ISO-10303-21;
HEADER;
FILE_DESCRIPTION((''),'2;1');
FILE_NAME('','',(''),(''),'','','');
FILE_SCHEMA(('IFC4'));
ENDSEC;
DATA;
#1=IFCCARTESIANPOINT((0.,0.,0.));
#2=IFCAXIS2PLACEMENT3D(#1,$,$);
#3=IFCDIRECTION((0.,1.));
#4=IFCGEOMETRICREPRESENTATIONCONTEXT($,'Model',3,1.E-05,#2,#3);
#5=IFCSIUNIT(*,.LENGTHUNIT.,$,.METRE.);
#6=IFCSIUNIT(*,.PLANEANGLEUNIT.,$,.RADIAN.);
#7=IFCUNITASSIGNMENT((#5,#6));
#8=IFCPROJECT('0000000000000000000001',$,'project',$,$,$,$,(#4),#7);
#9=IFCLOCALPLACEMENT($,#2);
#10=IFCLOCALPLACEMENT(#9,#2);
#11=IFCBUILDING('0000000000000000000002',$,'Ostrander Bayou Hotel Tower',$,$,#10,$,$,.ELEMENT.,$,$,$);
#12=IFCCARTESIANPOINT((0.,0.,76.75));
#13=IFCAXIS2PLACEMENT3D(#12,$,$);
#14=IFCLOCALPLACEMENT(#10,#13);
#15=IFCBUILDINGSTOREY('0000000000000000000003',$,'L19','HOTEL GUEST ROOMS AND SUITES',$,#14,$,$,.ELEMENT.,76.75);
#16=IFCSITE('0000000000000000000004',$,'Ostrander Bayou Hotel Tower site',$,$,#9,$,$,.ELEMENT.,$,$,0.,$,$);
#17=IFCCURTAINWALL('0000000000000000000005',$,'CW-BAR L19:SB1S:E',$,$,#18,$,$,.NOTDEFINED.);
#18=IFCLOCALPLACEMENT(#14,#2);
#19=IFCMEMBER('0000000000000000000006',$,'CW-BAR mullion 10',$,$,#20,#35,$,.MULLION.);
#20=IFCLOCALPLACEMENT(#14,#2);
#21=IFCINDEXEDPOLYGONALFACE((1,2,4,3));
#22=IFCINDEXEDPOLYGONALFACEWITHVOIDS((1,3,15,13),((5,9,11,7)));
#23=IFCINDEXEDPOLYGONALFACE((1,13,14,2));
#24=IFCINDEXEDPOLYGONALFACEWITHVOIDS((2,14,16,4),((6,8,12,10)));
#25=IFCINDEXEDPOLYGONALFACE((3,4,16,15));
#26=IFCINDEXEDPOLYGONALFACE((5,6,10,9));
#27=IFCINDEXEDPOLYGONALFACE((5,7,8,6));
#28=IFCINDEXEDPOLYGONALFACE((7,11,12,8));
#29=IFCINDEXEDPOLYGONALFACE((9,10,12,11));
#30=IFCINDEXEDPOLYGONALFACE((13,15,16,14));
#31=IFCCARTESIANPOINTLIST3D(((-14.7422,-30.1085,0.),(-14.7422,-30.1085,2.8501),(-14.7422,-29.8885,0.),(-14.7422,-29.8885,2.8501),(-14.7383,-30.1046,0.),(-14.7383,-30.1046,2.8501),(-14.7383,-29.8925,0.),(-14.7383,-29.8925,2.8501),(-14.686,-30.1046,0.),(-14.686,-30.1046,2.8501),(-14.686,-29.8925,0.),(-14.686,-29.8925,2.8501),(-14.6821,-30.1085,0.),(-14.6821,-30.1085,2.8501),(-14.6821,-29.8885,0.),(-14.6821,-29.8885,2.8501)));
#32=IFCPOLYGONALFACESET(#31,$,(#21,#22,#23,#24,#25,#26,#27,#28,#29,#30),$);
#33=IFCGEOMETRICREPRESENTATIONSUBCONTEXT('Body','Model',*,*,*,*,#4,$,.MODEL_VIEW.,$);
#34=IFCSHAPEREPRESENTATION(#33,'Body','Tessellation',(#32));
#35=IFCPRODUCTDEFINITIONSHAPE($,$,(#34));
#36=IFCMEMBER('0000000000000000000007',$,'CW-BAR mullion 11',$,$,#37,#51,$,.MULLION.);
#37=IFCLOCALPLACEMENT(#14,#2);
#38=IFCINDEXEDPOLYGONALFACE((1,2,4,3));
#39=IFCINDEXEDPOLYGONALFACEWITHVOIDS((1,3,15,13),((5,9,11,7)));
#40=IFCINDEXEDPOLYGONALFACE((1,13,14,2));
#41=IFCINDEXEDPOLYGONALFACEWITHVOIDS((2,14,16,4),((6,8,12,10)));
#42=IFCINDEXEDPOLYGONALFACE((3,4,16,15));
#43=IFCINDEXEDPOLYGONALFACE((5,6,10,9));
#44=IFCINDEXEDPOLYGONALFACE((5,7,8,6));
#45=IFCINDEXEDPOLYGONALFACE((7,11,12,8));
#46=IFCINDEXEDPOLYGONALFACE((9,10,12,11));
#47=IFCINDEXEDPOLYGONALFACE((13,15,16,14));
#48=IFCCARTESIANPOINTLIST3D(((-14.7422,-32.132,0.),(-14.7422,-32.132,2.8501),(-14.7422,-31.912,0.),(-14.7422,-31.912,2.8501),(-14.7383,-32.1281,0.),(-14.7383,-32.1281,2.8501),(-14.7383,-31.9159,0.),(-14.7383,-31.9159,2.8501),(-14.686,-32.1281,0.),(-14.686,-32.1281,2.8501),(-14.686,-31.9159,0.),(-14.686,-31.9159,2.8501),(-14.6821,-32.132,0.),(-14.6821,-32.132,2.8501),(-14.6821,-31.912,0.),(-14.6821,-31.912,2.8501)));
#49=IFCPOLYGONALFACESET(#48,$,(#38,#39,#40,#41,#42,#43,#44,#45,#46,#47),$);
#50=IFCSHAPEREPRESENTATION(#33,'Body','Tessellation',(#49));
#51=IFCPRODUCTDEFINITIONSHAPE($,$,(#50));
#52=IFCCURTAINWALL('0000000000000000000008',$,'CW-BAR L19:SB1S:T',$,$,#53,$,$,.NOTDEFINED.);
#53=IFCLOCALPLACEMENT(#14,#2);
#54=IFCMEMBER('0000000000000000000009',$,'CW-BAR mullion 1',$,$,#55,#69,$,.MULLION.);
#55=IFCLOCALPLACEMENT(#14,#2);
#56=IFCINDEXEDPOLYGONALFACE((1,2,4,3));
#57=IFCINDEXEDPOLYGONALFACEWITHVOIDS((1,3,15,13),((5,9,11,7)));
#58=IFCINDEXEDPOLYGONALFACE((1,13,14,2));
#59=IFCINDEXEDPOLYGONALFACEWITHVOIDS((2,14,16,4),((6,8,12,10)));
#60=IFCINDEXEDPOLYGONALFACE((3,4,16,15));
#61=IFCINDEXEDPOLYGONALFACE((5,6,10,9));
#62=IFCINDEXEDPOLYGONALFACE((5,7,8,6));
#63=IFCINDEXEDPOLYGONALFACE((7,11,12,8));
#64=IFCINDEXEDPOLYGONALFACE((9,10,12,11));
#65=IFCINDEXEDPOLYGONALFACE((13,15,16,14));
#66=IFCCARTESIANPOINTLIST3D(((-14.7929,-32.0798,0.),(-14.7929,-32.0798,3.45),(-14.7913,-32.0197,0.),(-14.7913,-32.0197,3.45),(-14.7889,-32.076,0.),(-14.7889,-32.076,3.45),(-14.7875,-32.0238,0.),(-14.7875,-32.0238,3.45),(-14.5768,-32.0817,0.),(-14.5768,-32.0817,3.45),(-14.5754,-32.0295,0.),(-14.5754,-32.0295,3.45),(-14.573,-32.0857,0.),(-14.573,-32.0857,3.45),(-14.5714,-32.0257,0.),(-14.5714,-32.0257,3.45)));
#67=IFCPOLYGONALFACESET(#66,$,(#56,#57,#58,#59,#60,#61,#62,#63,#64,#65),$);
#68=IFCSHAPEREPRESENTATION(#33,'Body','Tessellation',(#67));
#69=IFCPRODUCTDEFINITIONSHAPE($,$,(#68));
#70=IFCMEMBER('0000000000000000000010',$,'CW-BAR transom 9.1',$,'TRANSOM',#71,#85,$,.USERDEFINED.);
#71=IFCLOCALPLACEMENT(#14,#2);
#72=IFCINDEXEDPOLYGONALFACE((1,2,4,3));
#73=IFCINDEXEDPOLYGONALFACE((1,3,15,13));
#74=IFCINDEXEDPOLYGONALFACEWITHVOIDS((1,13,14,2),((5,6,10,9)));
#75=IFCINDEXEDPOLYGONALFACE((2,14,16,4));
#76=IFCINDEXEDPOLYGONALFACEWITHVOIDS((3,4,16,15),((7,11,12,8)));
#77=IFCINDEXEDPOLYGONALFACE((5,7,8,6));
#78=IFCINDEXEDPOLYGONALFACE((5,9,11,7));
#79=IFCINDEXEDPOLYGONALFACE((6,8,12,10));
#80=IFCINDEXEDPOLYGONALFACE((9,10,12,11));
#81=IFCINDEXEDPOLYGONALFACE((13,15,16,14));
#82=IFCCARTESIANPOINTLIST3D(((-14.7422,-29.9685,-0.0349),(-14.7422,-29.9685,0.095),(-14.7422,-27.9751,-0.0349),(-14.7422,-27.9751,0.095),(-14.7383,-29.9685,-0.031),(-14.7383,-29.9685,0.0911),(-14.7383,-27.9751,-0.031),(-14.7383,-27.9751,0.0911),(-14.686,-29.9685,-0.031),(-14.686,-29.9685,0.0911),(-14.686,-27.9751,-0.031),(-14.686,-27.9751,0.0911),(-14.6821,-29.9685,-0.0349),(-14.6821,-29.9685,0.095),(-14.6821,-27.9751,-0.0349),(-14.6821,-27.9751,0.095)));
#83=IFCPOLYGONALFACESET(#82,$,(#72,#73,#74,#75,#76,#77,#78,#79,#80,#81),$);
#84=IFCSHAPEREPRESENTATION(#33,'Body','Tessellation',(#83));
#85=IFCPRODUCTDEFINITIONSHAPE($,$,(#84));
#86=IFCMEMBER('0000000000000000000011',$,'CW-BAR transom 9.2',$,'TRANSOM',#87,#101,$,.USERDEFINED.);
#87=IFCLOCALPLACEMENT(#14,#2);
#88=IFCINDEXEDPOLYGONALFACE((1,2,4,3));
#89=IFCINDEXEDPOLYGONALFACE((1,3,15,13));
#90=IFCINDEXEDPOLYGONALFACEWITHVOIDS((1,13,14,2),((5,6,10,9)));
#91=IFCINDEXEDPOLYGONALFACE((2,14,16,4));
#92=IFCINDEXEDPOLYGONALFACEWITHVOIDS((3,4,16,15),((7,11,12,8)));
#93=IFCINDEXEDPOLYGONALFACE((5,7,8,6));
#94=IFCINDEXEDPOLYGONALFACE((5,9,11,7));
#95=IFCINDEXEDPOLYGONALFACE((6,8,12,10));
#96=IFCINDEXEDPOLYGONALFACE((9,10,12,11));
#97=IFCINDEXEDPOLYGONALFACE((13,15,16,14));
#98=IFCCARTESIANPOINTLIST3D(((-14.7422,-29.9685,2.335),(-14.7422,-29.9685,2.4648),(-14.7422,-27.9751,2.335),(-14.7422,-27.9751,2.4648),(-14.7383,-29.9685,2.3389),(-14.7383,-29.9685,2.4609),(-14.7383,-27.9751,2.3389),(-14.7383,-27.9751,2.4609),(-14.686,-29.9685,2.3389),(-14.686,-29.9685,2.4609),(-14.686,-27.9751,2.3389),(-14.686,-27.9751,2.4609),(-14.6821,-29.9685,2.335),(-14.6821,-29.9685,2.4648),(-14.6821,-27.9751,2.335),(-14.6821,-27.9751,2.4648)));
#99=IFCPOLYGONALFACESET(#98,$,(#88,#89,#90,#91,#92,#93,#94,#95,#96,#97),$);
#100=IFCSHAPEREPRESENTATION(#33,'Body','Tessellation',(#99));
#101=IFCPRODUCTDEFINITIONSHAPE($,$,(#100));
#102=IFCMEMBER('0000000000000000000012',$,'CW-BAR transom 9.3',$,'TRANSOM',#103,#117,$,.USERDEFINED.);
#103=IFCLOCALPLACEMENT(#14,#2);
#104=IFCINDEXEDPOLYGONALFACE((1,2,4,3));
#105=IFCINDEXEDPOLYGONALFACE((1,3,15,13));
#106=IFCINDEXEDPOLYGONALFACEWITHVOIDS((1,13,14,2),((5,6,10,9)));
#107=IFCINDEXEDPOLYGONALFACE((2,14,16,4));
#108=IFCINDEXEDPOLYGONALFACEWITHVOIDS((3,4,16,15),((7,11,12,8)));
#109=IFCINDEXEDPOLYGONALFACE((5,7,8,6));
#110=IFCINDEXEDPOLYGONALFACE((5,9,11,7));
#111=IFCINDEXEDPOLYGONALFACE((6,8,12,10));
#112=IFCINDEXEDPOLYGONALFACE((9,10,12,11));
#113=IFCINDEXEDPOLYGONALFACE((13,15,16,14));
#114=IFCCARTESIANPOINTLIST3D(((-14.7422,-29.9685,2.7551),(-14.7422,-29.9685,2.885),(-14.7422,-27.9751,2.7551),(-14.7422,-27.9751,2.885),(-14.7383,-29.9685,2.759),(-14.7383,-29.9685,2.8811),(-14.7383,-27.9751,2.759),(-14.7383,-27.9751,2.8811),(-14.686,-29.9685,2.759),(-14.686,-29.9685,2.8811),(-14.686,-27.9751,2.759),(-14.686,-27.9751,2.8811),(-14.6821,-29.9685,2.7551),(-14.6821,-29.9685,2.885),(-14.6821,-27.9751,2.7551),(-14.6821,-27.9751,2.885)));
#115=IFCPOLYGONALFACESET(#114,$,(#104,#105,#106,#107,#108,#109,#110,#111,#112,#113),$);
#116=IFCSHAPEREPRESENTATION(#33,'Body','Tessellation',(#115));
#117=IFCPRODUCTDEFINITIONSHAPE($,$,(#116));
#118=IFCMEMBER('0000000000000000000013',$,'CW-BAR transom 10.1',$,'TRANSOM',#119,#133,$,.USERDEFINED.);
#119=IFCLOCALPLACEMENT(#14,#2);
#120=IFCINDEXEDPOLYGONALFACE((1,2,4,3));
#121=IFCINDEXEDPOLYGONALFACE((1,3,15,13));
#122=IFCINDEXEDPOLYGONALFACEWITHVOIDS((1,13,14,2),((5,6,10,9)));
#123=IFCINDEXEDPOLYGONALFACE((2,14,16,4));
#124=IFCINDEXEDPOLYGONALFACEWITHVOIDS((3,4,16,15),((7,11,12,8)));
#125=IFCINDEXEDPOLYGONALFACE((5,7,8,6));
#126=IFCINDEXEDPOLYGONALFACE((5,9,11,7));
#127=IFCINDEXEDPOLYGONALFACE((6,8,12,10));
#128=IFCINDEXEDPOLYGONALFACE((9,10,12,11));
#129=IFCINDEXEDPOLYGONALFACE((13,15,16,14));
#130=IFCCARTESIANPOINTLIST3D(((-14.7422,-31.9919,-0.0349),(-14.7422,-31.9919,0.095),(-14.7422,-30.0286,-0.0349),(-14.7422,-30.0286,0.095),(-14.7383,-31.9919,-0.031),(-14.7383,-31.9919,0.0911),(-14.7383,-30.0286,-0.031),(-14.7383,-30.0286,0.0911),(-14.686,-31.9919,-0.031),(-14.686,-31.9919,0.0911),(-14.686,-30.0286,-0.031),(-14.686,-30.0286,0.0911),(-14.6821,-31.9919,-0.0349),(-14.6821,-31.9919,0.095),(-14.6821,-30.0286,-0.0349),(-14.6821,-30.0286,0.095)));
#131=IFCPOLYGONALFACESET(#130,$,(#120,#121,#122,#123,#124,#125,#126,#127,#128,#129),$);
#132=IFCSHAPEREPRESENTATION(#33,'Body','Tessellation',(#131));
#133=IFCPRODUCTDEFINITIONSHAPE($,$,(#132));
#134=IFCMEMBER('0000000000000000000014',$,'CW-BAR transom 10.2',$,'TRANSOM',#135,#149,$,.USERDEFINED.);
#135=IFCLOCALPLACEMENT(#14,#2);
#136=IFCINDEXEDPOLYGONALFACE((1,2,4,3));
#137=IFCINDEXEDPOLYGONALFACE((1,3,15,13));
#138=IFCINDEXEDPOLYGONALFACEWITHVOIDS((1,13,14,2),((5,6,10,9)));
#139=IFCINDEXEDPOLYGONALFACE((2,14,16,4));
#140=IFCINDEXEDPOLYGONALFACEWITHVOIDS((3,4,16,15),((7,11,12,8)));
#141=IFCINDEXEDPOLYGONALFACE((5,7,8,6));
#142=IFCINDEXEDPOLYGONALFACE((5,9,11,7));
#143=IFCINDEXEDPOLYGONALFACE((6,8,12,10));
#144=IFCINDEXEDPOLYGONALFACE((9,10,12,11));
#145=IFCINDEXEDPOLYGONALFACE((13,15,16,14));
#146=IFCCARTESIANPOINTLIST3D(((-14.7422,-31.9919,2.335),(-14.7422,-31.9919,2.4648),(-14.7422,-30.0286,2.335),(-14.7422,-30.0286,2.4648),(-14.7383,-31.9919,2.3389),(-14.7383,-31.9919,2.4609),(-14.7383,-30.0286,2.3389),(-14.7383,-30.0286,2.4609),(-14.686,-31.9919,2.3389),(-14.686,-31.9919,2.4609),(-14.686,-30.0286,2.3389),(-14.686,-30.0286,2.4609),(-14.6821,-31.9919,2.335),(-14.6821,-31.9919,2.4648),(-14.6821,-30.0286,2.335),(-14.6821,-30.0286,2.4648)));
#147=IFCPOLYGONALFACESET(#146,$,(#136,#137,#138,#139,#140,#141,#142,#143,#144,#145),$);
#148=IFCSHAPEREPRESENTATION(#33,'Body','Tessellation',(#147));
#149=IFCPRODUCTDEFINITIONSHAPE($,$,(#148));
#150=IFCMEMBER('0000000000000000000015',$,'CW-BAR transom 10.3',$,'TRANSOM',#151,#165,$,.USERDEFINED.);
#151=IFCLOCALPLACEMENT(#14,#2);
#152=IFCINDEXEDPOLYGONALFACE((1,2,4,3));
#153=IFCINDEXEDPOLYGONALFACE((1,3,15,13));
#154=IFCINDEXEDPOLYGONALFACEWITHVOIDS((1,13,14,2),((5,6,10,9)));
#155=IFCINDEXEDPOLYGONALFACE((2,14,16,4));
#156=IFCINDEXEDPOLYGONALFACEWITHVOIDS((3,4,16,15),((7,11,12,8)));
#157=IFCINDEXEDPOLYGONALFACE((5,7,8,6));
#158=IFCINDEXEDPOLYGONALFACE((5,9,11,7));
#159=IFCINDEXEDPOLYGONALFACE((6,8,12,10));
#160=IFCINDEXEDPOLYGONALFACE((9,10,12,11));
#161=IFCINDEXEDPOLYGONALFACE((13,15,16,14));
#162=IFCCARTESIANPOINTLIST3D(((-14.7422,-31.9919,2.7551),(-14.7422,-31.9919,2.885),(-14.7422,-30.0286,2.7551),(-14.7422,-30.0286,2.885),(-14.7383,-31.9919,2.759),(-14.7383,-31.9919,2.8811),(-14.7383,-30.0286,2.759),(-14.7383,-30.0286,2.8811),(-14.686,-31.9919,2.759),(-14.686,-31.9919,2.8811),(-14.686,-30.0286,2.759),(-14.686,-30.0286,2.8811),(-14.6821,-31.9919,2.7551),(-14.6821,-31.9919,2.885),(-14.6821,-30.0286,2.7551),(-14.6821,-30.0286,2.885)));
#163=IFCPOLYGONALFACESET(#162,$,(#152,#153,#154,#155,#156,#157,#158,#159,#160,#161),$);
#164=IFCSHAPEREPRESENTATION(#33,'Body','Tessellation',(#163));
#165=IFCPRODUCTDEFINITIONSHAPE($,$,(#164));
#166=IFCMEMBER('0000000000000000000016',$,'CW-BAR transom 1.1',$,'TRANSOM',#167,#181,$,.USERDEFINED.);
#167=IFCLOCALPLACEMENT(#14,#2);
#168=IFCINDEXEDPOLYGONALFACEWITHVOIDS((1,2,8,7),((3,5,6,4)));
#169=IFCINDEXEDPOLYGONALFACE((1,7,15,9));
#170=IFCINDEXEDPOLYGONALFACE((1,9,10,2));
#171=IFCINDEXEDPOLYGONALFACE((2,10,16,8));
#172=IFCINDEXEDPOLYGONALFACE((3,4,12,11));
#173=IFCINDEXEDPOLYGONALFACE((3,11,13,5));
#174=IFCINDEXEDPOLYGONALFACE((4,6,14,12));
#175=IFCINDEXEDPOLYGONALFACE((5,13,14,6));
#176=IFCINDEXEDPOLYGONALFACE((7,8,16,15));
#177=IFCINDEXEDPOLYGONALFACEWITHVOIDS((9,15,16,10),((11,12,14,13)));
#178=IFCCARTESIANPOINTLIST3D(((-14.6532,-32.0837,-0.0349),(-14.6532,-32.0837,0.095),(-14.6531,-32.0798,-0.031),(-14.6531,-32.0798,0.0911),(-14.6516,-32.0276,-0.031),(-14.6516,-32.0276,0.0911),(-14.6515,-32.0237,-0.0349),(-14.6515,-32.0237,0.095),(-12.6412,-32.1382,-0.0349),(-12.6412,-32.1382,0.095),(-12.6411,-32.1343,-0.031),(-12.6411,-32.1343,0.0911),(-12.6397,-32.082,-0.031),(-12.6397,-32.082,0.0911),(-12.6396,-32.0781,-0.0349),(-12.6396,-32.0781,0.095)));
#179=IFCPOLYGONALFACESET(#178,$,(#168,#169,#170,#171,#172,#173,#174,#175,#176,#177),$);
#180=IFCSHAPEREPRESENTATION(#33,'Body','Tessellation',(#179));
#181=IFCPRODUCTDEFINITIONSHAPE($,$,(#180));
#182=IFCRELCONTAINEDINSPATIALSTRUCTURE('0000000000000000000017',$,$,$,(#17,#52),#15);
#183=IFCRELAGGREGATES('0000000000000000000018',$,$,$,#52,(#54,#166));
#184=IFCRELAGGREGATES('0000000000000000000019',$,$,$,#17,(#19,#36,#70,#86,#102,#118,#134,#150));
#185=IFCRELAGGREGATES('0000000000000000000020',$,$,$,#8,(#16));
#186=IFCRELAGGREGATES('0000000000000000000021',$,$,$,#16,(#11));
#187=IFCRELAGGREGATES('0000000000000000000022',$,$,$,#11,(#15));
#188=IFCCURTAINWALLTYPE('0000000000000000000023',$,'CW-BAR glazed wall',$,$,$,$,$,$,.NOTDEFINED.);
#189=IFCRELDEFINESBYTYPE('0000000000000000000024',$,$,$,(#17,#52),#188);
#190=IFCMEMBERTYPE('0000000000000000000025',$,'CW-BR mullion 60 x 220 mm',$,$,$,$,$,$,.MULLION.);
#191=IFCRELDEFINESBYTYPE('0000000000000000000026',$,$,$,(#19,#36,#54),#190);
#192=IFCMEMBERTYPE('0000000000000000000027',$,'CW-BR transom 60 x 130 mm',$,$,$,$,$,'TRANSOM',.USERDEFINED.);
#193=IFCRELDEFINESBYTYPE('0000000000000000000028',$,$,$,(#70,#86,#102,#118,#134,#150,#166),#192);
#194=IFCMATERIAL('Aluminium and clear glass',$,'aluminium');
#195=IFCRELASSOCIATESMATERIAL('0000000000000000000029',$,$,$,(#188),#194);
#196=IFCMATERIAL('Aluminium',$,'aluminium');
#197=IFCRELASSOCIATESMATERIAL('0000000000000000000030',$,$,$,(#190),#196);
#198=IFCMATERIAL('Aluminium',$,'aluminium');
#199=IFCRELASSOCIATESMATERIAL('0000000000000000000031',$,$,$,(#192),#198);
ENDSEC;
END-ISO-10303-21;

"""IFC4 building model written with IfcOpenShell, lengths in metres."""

from ifc_helpers import new_model, si_unit, direction, frame, origin, origin_2d, place, context, subcontext, project, spatial, hollow_rectangle, extrude, material, material_profile, profile_set, type_object, element, aggregate, save


model = new_model("IFC4")

# Units and contexts
model_context = context("Model", 3, precision=1e-05, world=origin(), true_north=direction((0.0, 1.0)))
body_context = subcontext(model_context, "Body", "Model", "MODEL_VIEW")
ifc_project = project(units=[si_unit("LENGTHUNIT", "METRE"), si_unit("PLANEANGLEUNIT", "RADIAN")], contexts=[model_context])

# Site, building, storey
site_placement = place(None, origin())
site = spatial("IfcSite", under=ifc_project, at=site_placement, Name="Ostrander Bayou Hotel Tower site", CompositionType="ELEMENT", RefElevation=0.0)
building_placement = place(site_placement, origin())
building = spatial("IfcBuilding", under=site, at=building_placement, Name="Ostrander Bayou Hotel Tower", CompositionType="ELEMENT")
storey_placement = place(building_placement, frame((0.0, 0.0, 76.75)))
storey = spatial("IfcBuildingStorey", under=building, at=storey_placement, Name="L19", Description="HOTEL GUEST ROOMS AND SUITES", CompositionType="ELEMENT", Elevation=76.75)

# Curtain wall, members
ifc_material_1 = material(Name="Aluminium and clear glass", Category="aluminium")
curtain_wall_type = type_object("IfcCurtainWallType", Name="CW-BAR glazed wall", PredefinedType="NOTDEFINED", material=ifc_material_1)
curtain_wall_1_placement = place(storey_placement, origin())
curtain_wall_1 = element("IfcCurtainWall", 1, at=curtain_wall_1_placement, inside=storey, type_object=curtain_wall_type, Name="CW-BAR L19:SB1S:E", PredefinedType="NOTDEFINED")
ifc_material_2 = material(Name="Aluminium", Category="aluminium")
ifc_material_profile_1 = material_profile(ifc_material_2, hollow_rectangle(XDim=0.0601, YDim=0.22, WallThickness=0.0039, at=origin_2d()))
ifc_profile_set_1 = profile_set([ifc_material_profile_1], Name="Aluminium")
member_type_1 = type_object("IfcMemberType", Name="CW-BR mullion 60 x 220 mm", PredefinedType="MULLION", material=ifc_profile_set_1)
member_1_placement = place(storey_placement, frame((-14.7122, -29.9985, 0.0), z_axis=(0.0, 0.0, 1.0), x_axis=(1.0, 0.0, 0.0)))
member_1 = element("IfcMember", 2, at=member_1_placement, type_object=member_type_1, Name="CW-BAR mullion 10", PredefinedType="MULLION", context=body_context, shape_type="SweptSolid", body=[
    extrude(hollow_rectangle(XDim=0.0601, YDim=0.22, WallThickness=0.0039, at=origin_2d()), origin(), (0.0, 0.0, 1.0), 2.8501),
])
member_2_placement = place(storey_placement, frame((-14.7122, -32.022, 0.0), z_axis=(0.0, 0.0, 1.0), x_axis=(1.0, 0.0, 0.0)))
member_2 = element("IfcMember", 3, at=member_2_placement, type_object=member_type_1, Name="CW-BAR mullion 11", PredefinedType="MULLION", context=body_context, shape_type="SweptSolid", body=[
    extrude(hollow_rectangle(XDim=0.0601, YDim=0.22, WallThickness=0.0039, at=origin_2d()), origin(), (0.0, 0.0, 1.0), 2.8501),
])

# Curtain wall, member
curtain_wall_2_placement = place(storey_placement, origin())
curtain_wall_2 = element("IfcCurtainWall", 4, at=curtain_wall_2_placement, inside=storey, type_object=curtain_wall_type, Name="CW-BAR L19:SB1S:T", PredefinedType="NOTDEFINED")
member_3_placement = place(storey_placement, frame((-14.6821, -32.0527, 0.0), z_axis=(0.0, 0.0, 1.0), x_axis=(0.027042, 0.999634, 0.0)))
member_3 = element("IfcMember", 5, at=member_3_placement, type_object=member_type_1, Name="CW-BAR mullion 1", PredefinedType="MULLION", context=body_context, shape_type="SweptSolid", body=[
    extrude(hollow_rectangle(XDim=0.0601, YDim=0.22, WallThickness=0.0039, at=origin_2d()), origin(), (0.0, 0.0, 1.0), 3.45),
])

# Members
ifc_material_3 = material(Name="Aluminium", Category="aluminium")
ifc_material_profile_2 = material_profile(ifc_material_3, hollow_rectangle(XDim=0.0601, YDim=0.1299, WallThickness=0.0039, at=origin_2d()))
ifc_profile_set_2 = profile_set([ifc_material_profile_2], Name="Aluminium")
member_type_2 = type_object("IfcMemberType", Name="CW-BR transom 60 x 130 mm", ElementType="TRANSOM", PredefinedType="USERDEFINED", material=ifc_profile_set_2)
member_4_placement = place(storey_placement, frame((-14.7122, -27.9751, 0.03), z_axis=(0.0, -1.0, 0.0), x_axis=(1.0, 0.0, 0.0)))
member_4 = element("IfcMember", 6, at=member_4_placement, type_object=member_type_2, Name="CW-BAR transom 9.1", ObjectType="TRANSOM", PredefinedType="USERDEFINED", context=body_context, shape_type="SweptSolid", body=[
    extrude(hollow_rectangle(XDim=0.0601, YDim=0.1299, WallThickness=0.0039, at=origin_2d()), origin(), (0.0, 0.0, 1.0), 1.9934),
])
member_5_placement = place(storey_placement, frame((-14.7122, -27.9751, 2.3999), z_axis=(0.0, -1.0, 0.0), x_axis=(1.0, 0.0, 0.0)))
member_5 = element("IfcMember", 7, at=member_5_placement, type_object=member_type_2, Name="CW-BAR transom 9.2", ObjectType="TRANSOM", PredefinedType="USERDEFINED", context=body_context, shape_type="SweptSolid", body=[
    extrude(hollow_rectangle(XDim=0.0601, YDim=0.1299, WallThickness=0.0039, at=origin_2d()), origin(), (0.0, 0.0, 1.0), 1.9934),
])
member_6_placement = place(storey_placement, frame((-14.7122, -27.9751, 2.8201), z_axis=(0.0, -1.0, 0.0), x_axis=(1.0, 0.0, 0.0)))
member_6 = element("IfcMember", 8, at=member_6_placement, type_object=member_type_2, Name="CW-BAR transom 9.3", ObjectType="TRANSOM", PredefinedType="USERDEFINED", context=body_context, shape_type="SweptSolid", body=[
    extrude(hollow_rectangle(XDim=0.0601, YDim=0.1299, WallThickness=0.0039, at=origin_2d()), origin(), (0.0, 0.0, 1.0), 1.9934),
])
member_7_placement = place(storey_placement, frame((-14.7122, -30.0286, 0.03), z_axis=(0.0, -1.0, 0.0), x_axis=(1.0, 0.0, 0.0)))
member_7 = element("IfcMember", 9, at=member_7_placement, type_object=member_type_2, Name="CW-BAR transom 10.1", ObjectType="TRANSOM", PredefinedType="USERDEFINED", context=body_context, shape_type="SweptSolid", body=[
    extrude(hollow_rectangle(XDim=0.0601, YDim=0.1299, WallThickness=0.0039, at=origin_2d()), origin(), (0.0, 0.0, 1.0), 1.9634),
])
member_8_placement = place(storey_placement, frame((-14.7122, -30.0286, 2.3999), z_axis=(0.0, -1.0, 0.0), x_axis=(1.0, 0.0, 0.0)))
member_8 = element("IfcMember", 10, at=member_8_placement, type_object=member_type_2, Name="CW-BAR transom 10.2", ObjectType="TRANSOM", PredefinedType="USERDEFINED", context=body_context, shape_type="SweptSolid", body=[
    extrude(hollow_rectangle(XDim=0.0601, YDim=0.1299, WallThickness=0.0039, at=origin_2d()), origin(), (0.0, 0.0, 1.0), 1.9634),
])
member_9_placement = place(storey_placement, frame((-14.7122, -30.0286, 2.8201), z_axis=(0.0, -1.0, 0.0), x_axis=(1.0, 0.0, 0.0)))
member_9 = element("IfcMember", 11, at=member_9_placement, type_object=member_type_2, Name="CW-BAR transom 10.3", ObjectType="TRANSOM", PredefinedType="USERDEFINED", context=body_context, shape_type="SweptSolid", body=[
    extrude(hollow_rectangle(XDim=0.0601, YDim=0.1299, WallThickness=0.0039, at=origin_2d()), origin(), (0.0, 0.0, 1.0), 1.9634),
])
member_10_placement = place(storey_placement, frame((-14.6523, -32.0537, 0.03), z_axis=(0.999634, -0.02705, 0.0), x_axis=(0.02705, 0.999634, 0.0)))
member_10 = element("IfcMember", 12, at=member_10_placement, type_object=member_type_2, Name="CW-BAR transom 1.1", ObjectType="TRANSOM", PredefinedType="USERDEFINED", context=body_context, shape_type="SweptSolid", body=[
    extrude(hollow_rectangle(XDim=0.0601, YDim=0.1299, WallThickness=0.0039, at=origin_2d()), origin(), (0.0, 0.0, 1.0), 2.0127),
])
aggregate(curtain_wall_2, [member_3, member_10])

aggregate(curtain_wall_1, [member_1, member_2, member_4, member_5, member_6, member_7, member_8, member_9])

save(model, "model.ifc")
